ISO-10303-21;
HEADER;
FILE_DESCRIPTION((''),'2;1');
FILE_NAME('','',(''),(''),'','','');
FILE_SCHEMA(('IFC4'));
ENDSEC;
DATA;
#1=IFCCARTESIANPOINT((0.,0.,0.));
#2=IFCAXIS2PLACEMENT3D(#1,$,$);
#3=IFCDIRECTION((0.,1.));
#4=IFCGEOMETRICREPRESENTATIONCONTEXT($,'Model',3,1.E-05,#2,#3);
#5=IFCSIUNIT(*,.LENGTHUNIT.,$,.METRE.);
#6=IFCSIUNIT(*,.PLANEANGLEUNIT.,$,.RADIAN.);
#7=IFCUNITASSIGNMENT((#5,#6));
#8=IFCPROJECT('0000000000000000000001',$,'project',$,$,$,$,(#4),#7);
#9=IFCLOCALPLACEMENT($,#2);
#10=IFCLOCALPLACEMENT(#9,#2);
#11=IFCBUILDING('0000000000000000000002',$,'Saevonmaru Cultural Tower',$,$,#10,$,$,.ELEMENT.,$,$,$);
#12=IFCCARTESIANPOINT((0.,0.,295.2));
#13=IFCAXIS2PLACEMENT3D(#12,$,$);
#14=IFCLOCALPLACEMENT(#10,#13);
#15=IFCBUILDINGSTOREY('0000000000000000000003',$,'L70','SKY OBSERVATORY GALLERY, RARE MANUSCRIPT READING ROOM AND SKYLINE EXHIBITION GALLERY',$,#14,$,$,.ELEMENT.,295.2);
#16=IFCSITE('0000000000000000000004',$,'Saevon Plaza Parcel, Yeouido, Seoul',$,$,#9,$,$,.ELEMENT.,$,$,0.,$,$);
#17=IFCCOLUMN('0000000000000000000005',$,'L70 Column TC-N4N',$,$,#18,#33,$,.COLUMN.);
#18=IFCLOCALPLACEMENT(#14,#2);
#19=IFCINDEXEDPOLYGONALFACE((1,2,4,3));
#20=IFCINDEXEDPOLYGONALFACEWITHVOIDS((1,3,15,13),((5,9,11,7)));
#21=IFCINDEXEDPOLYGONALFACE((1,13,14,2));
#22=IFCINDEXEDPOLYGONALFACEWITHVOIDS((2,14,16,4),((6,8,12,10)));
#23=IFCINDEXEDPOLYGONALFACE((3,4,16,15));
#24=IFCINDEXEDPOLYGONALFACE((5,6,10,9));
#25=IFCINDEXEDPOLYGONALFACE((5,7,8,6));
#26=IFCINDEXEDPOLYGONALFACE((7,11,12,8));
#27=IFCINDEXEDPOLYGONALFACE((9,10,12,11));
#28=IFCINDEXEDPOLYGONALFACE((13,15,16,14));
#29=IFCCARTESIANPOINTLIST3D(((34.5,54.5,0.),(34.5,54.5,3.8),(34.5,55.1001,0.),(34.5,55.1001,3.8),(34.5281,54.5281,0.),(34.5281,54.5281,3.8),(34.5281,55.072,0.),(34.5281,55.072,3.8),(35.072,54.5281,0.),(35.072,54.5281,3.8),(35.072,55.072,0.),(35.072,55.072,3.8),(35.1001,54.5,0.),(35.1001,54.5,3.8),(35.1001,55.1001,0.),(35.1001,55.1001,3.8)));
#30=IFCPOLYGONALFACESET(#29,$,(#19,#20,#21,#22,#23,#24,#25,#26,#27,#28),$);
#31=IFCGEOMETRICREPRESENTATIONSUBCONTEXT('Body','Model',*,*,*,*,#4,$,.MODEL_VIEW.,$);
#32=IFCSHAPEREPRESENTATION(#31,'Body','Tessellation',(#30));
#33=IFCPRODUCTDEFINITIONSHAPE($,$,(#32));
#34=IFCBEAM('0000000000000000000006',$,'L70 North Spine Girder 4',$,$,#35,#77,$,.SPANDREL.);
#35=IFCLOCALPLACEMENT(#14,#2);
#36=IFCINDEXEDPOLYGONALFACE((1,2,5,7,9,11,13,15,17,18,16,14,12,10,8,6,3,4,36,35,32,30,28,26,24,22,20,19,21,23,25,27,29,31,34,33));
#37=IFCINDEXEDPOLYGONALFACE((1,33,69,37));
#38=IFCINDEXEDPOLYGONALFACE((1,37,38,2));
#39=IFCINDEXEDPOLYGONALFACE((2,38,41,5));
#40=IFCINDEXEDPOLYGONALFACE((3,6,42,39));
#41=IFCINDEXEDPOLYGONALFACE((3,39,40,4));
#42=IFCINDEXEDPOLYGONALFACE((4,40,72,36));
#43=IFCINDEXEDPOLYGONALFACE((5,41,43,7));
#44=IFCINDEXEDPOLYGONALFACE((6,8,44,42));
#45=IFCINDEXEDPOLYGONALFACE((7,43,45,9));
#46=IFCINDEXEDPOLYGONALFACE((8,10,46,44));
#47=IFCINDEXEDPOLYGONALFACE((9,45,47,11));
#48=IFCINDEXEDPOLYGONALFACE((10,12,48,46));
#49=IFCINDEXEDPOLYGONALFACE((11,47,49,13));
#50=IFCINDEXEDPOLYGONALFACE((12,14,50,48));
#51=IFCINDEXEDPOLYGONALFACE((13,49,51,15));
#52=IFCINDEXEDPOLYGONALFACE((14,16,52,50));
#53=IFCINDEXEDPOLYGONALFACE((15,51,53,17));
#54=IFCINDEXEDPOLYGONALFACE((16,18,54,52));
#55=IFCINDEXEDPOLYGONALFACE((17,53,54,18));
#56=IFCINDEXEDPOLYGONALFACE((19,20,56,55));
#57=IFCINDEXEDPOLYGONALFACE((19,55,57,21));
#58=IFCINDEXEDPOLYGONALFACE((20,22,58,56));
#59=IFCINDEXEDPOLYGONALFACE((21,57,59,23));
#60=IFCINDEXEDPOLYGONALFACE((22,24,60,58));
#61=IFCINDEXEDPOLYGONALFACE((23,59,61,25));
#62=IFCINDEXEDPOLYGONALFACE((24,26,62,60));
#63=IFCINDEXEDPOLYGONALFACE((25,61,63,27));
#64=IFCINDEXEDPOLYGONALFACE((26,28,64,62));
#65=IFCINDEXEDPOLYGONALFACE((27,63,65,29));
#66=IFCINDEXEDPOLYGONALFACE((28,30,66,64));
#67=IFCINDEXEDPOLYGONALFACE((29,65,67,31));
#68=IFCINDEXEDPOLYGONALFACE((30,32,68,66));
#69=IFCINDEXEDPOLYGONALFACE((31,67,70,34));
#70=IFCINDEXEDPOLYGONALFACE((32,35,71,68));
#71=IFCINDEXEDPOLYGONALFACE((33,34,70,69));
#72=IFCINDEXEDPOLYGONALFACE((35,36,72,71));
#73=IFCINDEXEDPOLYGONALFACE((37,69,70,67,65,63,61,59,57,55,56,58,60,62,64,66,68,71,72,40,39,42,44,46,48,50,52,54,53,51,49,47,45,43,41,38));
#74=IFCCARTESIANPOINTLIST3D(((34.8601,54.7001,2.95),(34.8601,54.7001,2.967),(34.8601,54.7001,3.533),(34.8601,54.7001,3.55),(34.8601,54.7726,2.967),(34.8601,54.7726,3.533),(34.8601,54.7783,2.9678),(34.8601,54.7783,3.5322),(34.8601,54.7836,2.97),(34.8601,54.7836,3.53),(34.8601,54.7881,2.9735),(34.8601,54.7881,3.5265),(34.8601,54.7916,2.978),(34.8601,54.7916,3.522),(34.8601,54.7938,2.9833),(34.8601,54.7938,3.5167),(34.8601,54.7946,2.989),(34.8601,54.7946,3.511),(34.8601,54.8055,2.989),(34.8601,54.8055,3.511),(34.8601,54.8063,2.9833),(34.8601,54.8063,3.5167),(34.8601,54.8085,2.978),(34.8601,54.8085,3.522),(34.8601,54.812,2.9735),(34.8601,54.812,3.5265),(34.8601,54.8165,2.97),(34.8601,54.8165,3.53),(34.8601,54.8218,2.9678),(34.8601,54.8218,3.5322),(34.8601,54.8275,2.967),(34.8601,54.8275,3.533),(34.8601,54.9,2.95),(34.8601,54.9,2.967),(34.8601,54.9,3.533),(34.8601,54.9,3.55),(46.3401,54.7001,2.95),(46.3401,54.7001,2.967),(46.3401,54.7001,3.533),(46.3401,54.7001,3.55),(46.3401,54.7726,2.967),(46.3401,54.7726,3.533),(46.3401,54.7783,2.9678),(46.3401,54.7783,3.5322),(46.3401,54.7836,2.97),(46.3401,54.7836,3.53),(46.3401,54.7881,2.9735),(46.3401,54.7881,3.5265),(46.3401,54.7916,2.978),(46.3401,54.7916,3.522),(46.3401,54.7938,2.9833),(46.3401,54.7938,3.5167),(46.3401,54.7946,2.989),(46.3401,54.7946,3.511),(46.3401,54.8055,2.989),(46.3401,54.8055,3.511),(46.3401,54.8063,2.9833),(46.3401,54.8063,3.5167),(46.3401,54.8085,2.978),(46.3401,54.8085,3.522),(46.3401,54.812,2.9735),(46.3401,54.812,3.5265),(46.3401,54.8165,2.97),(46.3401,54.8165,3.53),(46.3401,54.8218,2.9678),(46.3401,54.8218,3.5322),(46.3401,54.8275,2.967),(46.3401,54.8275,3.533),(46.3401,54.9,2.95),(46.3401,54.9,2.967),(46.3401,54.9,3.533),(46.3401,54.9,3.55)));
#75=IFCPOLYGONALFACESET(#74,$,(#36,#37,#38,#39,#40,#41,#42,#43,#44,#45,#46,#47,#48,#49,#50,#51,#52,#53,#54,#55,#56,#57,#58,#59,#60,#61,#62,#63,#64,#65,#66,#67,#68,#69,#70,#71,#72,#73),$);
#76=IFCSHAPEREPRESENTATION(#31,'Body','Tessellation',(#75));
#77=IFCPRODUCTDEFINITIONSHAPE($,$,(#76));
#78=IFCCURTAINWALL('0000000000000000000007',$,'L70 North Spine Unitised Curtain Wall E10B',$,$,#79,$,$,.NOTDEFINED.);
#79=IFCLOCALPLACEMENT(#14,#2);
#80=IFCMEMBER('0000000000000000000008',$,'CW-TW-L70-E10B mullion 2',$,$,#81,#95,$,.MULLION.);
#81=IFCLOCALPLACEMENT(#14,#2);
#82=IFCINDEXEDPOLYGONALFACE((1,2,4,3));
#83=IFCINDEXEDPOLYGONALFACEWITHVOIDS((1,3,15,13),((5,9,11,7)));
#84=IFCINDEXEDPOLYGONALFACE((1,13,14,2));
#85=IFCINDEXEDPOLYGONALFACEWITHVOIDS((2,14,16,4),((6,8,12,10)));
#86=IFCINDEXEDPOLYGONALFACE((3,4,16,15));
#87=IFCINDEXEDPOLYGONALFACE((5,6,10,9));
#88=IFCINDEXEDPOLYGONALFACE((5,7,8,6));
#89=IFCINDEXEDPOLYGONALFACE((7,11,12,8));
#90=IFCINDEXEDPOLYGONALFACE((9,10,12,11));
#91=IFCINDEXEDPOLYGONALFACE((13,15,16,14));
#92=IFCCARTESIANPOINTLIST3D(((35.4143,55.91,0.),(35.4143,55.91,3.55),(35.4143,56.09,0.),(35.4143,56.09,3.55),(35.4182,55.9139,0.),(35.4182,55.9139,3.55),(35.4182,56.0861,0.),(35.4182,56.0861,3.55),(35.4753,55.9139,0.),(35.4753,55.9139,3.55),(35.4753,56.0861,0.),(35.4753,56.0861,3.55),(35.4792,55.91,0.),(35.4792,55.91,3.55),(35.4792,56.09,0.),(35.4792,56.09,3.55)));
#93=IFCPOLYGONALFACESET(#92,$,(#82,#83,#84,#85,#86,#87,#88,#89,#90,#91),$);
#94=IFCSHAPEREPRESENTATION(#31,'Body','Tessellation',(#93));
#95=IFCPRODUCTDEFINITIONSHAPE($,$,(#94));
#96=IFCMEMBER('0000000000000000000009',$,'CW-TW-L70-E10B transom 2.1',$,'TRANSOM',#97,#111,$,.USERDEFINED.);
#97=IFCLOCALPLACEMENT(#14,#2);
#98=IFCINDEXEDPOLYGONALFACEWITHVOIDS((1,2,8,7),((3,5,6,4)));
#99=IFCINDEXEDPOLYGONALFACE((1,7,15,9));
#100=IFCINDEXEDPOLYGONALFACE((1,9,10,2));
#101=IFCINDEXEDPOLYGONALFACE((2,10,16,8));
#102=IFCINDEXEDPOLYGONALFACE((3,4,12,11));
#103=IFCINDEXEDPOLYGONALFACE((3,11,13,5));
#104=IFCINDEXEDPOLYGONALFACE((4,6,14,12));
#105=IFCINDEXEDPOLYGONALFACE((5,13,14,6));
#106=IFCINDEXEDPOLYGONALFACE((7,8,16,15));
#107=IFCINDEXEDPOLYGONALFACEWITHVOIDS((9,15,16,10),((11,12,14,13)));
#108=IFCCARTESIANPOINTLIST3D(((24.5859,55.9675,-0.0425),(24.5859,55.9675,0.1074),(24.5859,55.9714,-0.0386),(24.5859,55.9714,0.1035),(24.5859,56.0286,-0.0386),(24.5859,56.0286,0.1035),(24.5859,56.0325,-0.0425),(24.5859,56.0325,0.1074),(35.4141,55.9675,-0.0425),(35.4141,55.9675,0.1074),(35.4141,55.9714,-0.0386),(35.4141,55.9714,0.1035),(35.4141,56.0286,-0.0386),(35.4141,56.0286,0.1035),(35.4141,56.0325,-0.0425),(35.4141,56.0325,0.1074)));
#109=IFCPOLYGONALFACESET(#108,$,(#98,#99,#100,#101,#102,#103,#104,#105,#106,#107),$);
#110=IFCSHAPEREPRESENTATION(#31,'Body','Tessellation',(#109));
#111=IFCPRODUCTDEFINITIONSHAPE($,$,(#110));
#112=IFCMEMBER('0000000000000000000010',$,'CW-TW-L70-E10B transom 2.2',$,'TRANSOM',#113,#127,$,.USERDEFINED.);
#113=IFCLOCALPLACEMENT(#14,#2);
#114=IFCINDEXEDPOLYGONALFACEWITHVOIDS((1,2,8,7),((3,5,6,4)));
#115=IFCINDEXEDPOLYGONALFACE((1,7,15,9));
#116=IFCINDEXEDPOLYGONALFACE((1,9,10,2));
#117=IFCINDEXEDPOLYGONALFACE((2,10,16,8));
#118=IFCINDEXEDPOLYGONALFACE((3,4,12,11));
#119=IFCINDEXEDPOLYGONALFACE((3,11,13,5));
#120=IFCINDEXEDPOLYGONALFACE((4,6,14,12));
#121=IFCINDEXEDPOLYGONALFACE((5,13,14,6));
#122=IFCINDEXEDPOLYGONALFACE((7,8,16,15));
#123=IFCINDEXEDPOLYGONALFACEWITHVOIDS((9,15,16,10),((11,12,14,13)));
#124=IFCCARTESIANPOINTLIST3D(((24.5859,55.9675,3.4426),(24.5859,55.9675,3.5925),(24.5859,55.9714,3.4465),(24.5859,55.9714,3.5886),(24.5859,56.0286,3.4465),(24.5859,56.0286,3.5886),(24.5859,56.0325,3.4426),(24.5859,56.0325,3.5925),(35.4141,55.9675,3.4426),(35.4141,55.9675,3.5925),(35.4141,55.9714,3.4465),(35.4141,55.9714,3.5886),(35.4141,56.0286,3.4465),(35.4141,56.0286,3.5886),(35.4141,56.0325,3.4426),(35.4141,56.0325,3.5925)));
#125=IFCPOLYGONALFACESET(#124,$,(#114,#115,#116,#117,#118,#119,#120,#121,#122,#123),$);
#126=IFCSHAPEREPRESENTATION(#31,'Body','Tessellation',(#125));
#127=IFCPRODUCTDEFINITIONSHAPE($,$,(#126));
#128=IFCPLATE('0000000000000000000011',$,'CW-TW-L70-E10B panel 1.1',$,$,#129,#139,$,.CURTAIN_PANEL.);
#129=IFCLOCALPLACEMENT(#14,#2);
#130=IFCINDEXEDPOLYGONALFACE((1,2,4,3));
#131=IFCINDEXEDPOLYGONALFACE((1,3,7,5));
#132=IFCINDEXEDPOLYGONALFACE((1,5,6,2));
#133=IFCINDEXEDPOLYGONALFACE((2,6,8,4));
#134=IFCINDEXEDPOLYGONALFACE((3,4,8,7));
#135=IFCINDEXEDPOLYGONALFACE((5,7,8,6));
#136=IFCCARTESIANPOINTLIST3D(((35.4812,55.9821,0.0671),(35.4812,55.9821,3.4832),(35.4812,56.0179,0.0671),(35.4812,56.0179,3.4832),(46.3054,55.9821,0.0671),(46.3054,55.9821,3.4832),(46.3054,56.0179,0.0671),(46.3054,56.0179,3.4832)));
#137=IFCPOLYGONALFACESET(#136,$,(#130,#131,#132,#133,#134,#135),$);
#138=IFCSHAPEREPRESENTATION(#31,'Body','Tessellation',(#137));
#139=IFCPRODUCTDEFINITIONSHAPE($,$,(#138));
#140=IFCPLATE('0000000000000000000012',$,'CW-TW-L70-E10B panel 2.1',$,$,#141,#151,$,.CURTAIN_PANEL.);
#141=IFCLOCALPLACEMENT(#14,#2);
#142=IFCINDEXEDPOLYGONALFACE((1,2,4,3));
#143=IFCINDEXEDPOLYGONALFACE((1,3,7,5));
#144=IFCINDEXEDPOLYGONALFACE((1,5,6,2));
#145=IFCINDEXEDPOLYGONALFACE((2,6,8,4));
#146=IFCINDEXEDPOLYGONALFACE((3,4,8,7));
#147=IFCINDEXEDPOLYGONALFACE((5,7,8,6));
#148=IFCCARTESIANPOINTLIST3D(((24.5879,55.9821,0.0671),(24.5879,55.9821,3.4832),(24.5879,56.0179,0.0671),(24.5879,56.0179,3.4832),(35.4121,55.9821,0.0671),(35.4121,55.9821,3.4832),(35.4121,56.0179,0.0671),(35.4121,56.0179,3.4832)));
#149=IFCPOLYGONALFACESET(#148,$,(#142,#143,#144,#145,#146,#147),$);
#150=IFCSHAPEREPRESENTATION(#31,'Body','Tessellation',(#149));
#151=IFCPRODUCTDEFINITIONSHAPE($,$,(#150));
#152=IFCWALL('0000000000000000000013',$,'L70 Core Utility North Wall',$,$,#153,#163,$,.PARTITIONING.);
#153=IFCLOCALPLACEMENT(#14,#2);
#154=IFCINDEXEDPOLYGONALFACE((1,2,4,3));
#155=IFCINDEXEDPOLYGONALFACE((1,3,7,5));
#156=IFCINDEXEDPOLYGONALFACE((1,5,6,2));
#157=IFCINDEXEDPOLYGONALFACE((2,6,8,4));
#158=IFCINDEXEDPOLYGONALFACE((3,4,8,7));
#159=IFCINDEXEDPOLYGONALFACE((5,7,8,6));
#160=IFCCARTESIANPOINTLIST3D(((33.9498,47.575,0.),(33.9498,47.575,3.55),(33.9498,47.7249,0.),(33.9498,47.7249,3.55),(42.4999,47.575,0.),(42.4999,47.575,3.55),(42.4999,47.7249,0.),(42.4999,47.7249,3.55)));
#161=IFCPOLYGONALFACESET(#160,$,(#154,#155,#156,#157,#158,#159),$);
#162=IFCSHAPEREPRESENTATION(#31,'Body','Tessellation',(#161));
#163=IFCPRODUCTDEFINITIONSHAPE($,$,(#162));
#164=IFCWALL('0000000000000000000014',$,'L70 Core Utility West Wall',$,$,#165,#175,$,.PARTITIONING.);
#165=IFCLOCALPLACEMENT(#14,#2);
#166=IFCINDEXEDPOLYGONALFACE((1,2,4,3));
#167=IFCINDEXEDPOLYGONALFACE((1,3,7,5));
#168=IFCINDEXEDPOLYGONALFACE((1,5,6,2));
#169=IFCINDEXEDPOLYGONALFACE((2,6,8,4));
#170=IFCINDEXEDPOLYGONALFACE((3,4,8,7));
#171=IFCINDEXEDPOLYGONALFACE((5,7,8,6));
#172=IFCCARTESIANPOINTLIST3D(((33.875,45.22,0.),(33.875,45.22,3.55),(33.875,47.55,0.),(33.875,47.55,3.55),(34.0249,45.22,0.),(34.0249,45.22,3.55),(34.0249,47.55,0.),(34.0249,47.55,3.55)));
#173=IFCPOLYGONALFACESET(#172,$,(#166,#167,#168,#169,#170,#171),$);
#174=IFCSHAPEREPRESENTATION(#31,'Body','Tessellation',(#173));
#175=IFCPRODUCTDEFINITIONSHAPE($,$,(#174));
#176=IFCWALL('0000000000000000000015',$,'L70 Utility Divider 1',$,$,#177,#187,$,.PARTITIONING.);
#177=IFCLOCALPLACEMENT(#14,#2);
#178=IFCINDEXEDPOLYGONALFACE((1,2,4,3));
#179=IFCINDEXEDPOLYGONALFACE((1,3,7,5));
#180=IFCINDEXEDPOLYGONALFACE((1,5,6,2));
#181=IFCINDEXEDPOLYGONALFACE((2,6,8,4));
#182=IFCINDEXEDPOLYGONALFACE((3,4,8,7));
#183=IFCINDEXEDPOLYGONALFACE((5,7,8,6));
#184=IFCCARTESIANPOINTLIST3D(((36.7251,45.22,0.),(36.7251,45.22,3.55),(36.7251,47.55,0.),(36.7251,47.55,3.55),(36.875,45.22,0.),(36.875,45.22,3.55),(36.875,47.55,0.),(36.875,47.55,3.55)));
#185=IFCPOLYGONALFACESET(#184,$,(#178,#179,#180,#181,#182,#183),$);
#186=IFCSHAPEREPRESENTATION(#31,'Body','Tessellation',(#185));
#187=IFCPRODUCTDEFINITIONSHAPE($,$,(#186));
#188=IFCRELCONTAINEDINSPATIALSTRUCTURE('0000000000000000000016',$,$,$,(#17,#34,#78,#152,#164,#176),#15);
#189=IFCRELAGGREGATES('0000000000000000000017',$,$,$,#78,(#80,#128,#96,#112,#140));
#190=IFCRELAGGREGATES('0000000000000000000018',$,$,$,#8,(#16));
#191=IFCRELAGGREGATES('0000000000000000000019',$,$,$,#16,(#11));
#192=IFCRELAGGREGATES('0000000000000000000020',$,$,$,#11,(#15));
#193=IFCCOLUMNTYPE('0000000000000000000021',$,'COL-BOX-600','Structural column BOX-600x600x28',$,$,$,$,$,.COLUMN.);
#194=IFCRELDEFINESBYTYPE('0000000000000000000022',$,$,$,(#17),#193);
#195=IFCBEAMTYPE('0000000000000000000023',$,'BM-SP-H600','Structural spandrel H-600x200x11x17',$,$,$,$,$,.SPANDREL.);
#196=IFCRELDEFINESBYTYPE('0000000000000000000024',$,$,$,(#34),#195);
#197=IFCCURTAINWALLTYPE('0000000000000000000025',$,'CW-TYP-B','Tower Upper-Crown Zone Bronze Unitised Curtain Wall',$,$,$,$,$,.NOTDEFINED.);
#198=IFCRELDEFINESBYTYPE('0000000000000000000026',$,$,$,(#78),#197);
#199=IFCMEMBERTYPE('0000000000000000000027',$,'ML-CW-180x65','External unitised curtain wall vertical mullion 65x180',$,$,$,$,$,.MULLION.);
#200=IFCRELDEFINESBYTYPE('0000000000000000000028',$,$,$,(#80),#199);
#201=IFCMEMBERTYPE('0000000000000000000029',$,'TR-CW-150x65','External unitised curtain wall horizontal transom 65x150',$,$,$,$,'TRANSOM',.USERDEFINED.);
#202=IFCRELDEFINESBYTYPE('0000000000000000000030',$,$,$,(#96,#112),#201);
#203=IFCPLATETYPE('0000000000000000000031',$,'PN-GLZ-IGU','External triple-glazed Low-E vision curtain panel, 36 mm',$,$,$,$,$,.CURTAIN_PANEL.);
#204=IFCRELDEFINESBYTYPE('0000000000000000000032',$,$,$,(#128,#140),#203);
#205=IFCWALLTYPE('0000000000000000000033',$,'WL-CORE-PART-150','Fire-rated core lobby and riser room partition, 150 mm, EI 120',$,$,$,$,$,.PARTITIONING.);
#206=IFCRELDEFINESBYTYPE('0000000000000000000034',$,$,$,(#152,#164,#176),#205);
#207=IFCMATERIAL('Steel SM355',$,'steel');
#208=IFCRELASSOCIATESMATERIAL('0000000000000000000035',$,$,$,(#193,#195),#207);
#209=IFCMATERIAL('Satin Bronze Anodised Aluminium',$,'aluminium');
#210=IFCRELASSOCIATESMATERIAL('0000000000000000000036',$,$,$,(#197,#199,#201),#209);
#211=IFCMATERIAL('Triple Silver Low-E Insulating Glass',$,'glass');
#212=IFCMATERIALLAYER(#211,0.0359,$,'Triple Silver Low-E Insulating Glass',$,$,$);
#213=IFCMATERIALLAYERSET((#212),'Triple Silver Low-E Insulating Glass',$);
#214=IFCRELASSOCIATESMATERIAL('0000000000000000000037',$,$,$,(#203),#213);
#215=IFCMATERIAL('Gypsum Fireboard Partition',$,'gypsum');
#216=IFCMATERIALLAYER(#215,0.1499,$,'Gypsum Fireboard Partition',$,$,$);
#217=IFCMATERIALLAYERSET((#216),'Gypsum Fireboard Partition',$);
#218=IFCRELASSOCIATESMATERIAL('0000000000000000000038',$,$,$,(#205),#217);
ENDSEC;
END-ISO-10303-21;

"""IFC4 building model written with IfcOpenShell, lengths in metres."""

from ifc_helpers import new_model, si_unit, direction, frame, frame_2d, origin, origin_2d, place, context, subcontext, project, spatial, rectangle, hollow_rectangle, i_section, extrude, material, layer, layer_set, material_profile, profile_set, type_object, element, aggregate, save


model = new_model("IFC4")

# Units and contexts
model_context = context("Model", 3, precision=1e-05, world=origin(), true_north=direction((0.0, 1.0)))
body_context = subcontext(model_context, "Body", "Model", "MODEL_VIEW")
ifc_project = project(units=[si_unit("LENGTHUNIT", "METRE"), si_unit("PLANEANGLEUNIT", "RADIAN")], contexts=[model_context])

# Site, building, storey
site_placement = place(None, origin())
site = spatial("IfcSite", under=ifc_project, at=site_placement, Name="Saevon Plaza Parcel, Yeouido, Seoul", CompositionType="ELEMENT", RefElevation=0.0)
building_placement = place(site_placement, origin())
building = spatial("IfcBuilding", under=site, at=building_placement, Name="Saevonmaru Cultural Tower", CompositionType="ELEMENT")
storey_placement = place(building_placement, frame((0.0, 0.0, 295.2)))
storey = spatial("IfcBuildingStorey", under=building, at=storey_placement, Name="L70", Description="SKY OBSERVATORY GALLERY, RARE MANUSCRIPT READING ROOM AND SKYLINE EXHIBITION GALLERY", CompositionType="ELEMENT", Elevation=295.2)

# Column
ifc_material_1 = material(Name="Steel SM355", Category="steel")
ifc_material_profile_1 = material_profile(ifc_material_1, hollow_rectangle(XDim=0.6001, YDim=0.6001, WallThickness=0.0281, at=origin_2d()), Name="BOX-600x600x28")
ifc_profile_set_1 = profile_set([ifc_material_profile_1], Name="Steel SM355")
column_type = type_object("IfcColumnType", Name="COL-BOX-600", Description="Structural column BOX-600x600x28", PredefinedType="COLUMN", material=ifc_profile_set_1)
column_placement = place(storey_placement, frame((34.8, 54.8, 0.0), z_axis=(0.0, 0.0, 1.0), x_axis=(1.0, 0.0, 0.0)))
element("IfcColumn", 1, at=column_placement, inside=storey, type_object=column_type, Name="L70 Column TC-N4N", PredefinedType="COLUMN", context=body_context, shape_type="SweptSolid", body=[
    extrude(hollow_rectangle(XDim=0.6001, YDim=0.6001, WallThickness=0.0281, at=origin_2d()), origin(), (0.0, 0.0, 1.0), 3.8),
])

# Beam
ifc_material_profile_2 = material_profile(ifc_material_1, i_section(OverallWidth=0.2, OverallDepth=0.6001, WebThickness=0.011, FlangeThickness=0.0171, FilletRadius=0.022, at=origin_2d()), Name="H-600x200x11x17")
ifc_profile_set_2 = profile_set([ifc_material_profile_2], Name="Steel SM355")
beam_type = type_object("IfcBeamType", Name="BM-SP-H600", Description="Structural spandrel H-600x200x11x17", PredefinedType="SPANDREL", material=ifc_profile_set_2)
beam_placement = place(storey_placement, frame((34.8601, 54.8, 3.25), z_axis=(1.0, 0.0, 0.0), x_axis=(0.0, 1.0, 0.0)))
element("IfcBeam", 2, at=beam_placement, inside=storey, type_object=beam_type, Name="L70 North Spine Girder 4", PredefinedType="SPANDREL", context=body_context, shape_type="SweptSolid", body=[
    extrude(i_section(OverallWidth=0.2, OverallDepth=0.6001, WebThickness=0.011, FlangeThickness=0.0171, FilletRadius=0.022, at=origin_2d()), origin(), (0.0, 0.0, 1.0), 11.48),
])

# Curtain wall, members, plates
ifc_material_2 = material(Name="Satin Bronze Anodised Aluminium", Category="aluminium")
curtain_wall_type = type_object("IfcCurtainWallType", Name="CW-TYP-B", Description="Tower Upper-Crown Zone Bronze Unitised Curtain Wall", PredefinedType="NOTDEFINED", material=ifc_material_2)
curtain_wall_placement = place(storey_placement, origin())
curtain_wall = element("IfcCurtainWall", 3, at=curtain_wall_placement, inside=storey, type_object=curtain_wall_type, Name="L70 North Spine Unitised Curtain Wall E10B", PredefinedType="NOTDEFINED")
ifc_material_profile_3 = material_profile(ifc_material_2, hollow_rectangle(XDim=0.0649, YDim=0.1799, WallThickness=0.0039, at=origin_2d()), Name="ALU-MULL-180x65x4")
ifc_profile_set_3 = profile_set([ifc_material_profile_3], Name="Satin Bronze Anodised Aluminium")
member_type_1 = type_object("IfcMemberType", Name="ML-CW-180x65", Description="External unitised curtain wall vertical mullion 65x180", PredefinedType="MULLION", material=ifc_profile_set_3)
member_1_placement = place(storey_placement, frame((35.4468, 56.0, 0.0), z_axis=(0.0, 0.0, 1.0), x_axis=(-1.0, 0.0, 0.0)))
member_1 = element("IfcMember", 4, at=member_1_placement, type_object=member_type_1, Name="CW-TW-L70-E10B mullion 2", PredefinedType="MULLION", context=body_context, shape_type="SweptSolid", body=[
    extrude(hollow_rectangle(XDim=0.0649, YDim=0.1799, WallThickness=0.0039, at=origin_2d()), origin(), (0.0, 0.0, 1.0), 3.55),
])
ifc_material_profile_4 = material_profile(ifc_material_2, hollow_rectangle(XDim=0.0649, YDim=0.1499, WallThickness=0.0039, at=origin_2d()), Name="ALU-TRAN-150x65x4")
ifc_profile_set_4 = profile_set([ifc_material_profile_4], Name="Satin Bronze Anodised Aluminium")
member_type_2 = type_object("IfcMemberType", Name="TR-CW-150x65", Description="External unitised curtain wall horizontal transom 65x150", ElementType="TRANSOM", PredefinedType="USERDEFINED", material=ifc_profile_set_4)
member_2_placement = place(storey_placement, frame((35.4141, 56.0, 0.0325), z_axis=(-1.0, 0.0, 0.0), x_axis=(0.0, -1.0, 0.0)))
member_2 = element("IfcMember", 5, at=member_2_placement, type_object=member_type_2, Name="CW-TW-L70-E10B transom 2.1", ObjectType="TRANSOM", PredefinedType="USERDEFINED", context=body_context, shape_type="SweptSolid", body=[
    extrude(hollow_rectangle(XDim=0.0649, YDim=0.1499, WallThickness=0.0039, at=origin_2d()), origin(), (0.0, 0.0, 1.0), 10.8281),
])
member_3_placement = place(storey_placement, frame((35.4141, 56.0, 3.5176), z_axis=(-1.0, 0.0, 0.0), x_axis=(0.0, -1.0, 0.0)))
member_3 = element("IfcMember", 6, at=member_3_placement, type_object=member_type_2, Name="CW-TW-L70-E10B transom 2.2", ObjectType="TRANSOM", PredefinedType="USERDEFINED", context=body_context, shape_type="SweptSolid", body=[
    extrude(hollow_rectangle(XDim=0.0649, YDim=0.1499, WallThickness=0.0039, at=origin_2d()), origin(), (0.0, 0.0, 1.0), 10.8281),
])
ifc_material_3 = material(Name="Triple Silver Low-E Insulating Glass", Category="glass")
ifc_layer_1 = layer(ifc_material_3, 0.0359, Name="Triple Silver Low-E Insulating Glass")
ifc_layer_set_1 = layer_set([ifc_layer_1], Name="Triple Silver Low-E Insulating Glass")
plate_type = type_object("IfcPlateType", Name="PN-GLZ-IGU", Description="External triple-glazed Low-E vision curtain panel, 36 mm", PredefinedType="CURTAIN_PANEL", material=ifc_layer_set_1)
plate_1_placement = place(storey_placement, frame((40.8933, 56.0, 0.0671), z_axis=(0.0, 0.0, 1.0), x_axis=(-1.0, 0.0, 0.0)))
plate_1 = element("IfcPlate", 7, at=plate_1_placement, type_object=plate_type, Name="CW-TW-L70-E10B panel 1.1", PredefinedType="CURTAIN_PANEL", context=body_context, shape_type="SweptSolid", body=[
    extrude(rectangle(XDim=10.8242, YDim=0.0359, at=origin_2d()), origin(), (0.0, 0.0, 1.0), 3.416),
])
plate_2_placement = place(storey_placement, frame((30.0, 56.0, 0.0671), z_axis=(0.0, 0.0, 1.0), x_axis=(-1.0, 0.0, 0.0)))
plate_2 = element("IfcPlate", 8, at=plate_2_placement, type_object=plate_type, Name="CW-TW-L70-E10B panel 2.1", PredefinedType="CURTAIN_PANEL", context=body_context, shape_type="SweptSolid", body=[
    extrude(rectangle(XDim=10.8242, YDim=0.0359, at=origin_2d()), origin(), (0.0, 0.0, 1.0), 3.416),
])
aggregate(curtain_wall, [member_1, plate_1, member_2, member_3, plate_2])

# Shared definitions
ifc_material_4 = material(Name="Gypsum Fireboard Partition", Category="gypsum")
ifc_layer_2 = layer(ifc_material_4, 0.1499, Name="Gypsum Fireboard Partition")
ifc_layer_set_2 = layer_set([ifc_layer_2], Name="Gypsum Fireboard Partition")
wall_type_1 = type_object("IfcWallType", Name="WL-CORE-PART-150", Description="Fire-rated core lobby and riser room partition, 150 mm, EI 120", PredefinedType="PARTITIONING", material=ifc_layer_set_2)

# Walls
wall_1_placement = place(storey_placement, frame((33.95, 47.6499, 0.0), z_axis=(0.0, 0.0, 1.0), x_axis=(1.0, 0.0, 0.0)))
element("IfcWall", 9, at=wall_1_placement, inside=storey, type_object=wall_type_1, Name="L70 Core Utility North Wall", PredefinedType="PARTITIONING", context=body_context, shape_type="SweptSolid", body=[
    extrude(rectangle(XDim=8.55, YDim=0.1499, at=frame_2d((4.2749, 0.0))), origin(), (0.0, 0.0, 1.0), 3.55),
])
for number, where, z_axis, x_axis, name in (
    (10, (33.95, 45.22, 0.0), (0.0, 0.0, 1.0), (0.0, 1.0, 0.0), "L70 Core Utility West Wall"),
    (11, (36.8, 45.22, 0.0), (0.0, 0.0, 1.0), (0.0, 1.0, 0.0), "L70 Utility Divider 1"),
):
    element("IfcWall", number, at=place(storey_placement, frame(where, z_axis=z_axis, x_axis=x_axis)), inside=storey, type_object=wall_type_1, Name=name, PredefinedType="PARTITIONING", context=body_context, shape_type="SweptSolid", body=[
        extrude(rectangle(XDim=2.3301, YDim=0.1499, at=frame_2d((1.165, 0.0))), origin(), (0.0, 0.0, 1.0), 3.55),
    ])

save(model, "model.ifc")
